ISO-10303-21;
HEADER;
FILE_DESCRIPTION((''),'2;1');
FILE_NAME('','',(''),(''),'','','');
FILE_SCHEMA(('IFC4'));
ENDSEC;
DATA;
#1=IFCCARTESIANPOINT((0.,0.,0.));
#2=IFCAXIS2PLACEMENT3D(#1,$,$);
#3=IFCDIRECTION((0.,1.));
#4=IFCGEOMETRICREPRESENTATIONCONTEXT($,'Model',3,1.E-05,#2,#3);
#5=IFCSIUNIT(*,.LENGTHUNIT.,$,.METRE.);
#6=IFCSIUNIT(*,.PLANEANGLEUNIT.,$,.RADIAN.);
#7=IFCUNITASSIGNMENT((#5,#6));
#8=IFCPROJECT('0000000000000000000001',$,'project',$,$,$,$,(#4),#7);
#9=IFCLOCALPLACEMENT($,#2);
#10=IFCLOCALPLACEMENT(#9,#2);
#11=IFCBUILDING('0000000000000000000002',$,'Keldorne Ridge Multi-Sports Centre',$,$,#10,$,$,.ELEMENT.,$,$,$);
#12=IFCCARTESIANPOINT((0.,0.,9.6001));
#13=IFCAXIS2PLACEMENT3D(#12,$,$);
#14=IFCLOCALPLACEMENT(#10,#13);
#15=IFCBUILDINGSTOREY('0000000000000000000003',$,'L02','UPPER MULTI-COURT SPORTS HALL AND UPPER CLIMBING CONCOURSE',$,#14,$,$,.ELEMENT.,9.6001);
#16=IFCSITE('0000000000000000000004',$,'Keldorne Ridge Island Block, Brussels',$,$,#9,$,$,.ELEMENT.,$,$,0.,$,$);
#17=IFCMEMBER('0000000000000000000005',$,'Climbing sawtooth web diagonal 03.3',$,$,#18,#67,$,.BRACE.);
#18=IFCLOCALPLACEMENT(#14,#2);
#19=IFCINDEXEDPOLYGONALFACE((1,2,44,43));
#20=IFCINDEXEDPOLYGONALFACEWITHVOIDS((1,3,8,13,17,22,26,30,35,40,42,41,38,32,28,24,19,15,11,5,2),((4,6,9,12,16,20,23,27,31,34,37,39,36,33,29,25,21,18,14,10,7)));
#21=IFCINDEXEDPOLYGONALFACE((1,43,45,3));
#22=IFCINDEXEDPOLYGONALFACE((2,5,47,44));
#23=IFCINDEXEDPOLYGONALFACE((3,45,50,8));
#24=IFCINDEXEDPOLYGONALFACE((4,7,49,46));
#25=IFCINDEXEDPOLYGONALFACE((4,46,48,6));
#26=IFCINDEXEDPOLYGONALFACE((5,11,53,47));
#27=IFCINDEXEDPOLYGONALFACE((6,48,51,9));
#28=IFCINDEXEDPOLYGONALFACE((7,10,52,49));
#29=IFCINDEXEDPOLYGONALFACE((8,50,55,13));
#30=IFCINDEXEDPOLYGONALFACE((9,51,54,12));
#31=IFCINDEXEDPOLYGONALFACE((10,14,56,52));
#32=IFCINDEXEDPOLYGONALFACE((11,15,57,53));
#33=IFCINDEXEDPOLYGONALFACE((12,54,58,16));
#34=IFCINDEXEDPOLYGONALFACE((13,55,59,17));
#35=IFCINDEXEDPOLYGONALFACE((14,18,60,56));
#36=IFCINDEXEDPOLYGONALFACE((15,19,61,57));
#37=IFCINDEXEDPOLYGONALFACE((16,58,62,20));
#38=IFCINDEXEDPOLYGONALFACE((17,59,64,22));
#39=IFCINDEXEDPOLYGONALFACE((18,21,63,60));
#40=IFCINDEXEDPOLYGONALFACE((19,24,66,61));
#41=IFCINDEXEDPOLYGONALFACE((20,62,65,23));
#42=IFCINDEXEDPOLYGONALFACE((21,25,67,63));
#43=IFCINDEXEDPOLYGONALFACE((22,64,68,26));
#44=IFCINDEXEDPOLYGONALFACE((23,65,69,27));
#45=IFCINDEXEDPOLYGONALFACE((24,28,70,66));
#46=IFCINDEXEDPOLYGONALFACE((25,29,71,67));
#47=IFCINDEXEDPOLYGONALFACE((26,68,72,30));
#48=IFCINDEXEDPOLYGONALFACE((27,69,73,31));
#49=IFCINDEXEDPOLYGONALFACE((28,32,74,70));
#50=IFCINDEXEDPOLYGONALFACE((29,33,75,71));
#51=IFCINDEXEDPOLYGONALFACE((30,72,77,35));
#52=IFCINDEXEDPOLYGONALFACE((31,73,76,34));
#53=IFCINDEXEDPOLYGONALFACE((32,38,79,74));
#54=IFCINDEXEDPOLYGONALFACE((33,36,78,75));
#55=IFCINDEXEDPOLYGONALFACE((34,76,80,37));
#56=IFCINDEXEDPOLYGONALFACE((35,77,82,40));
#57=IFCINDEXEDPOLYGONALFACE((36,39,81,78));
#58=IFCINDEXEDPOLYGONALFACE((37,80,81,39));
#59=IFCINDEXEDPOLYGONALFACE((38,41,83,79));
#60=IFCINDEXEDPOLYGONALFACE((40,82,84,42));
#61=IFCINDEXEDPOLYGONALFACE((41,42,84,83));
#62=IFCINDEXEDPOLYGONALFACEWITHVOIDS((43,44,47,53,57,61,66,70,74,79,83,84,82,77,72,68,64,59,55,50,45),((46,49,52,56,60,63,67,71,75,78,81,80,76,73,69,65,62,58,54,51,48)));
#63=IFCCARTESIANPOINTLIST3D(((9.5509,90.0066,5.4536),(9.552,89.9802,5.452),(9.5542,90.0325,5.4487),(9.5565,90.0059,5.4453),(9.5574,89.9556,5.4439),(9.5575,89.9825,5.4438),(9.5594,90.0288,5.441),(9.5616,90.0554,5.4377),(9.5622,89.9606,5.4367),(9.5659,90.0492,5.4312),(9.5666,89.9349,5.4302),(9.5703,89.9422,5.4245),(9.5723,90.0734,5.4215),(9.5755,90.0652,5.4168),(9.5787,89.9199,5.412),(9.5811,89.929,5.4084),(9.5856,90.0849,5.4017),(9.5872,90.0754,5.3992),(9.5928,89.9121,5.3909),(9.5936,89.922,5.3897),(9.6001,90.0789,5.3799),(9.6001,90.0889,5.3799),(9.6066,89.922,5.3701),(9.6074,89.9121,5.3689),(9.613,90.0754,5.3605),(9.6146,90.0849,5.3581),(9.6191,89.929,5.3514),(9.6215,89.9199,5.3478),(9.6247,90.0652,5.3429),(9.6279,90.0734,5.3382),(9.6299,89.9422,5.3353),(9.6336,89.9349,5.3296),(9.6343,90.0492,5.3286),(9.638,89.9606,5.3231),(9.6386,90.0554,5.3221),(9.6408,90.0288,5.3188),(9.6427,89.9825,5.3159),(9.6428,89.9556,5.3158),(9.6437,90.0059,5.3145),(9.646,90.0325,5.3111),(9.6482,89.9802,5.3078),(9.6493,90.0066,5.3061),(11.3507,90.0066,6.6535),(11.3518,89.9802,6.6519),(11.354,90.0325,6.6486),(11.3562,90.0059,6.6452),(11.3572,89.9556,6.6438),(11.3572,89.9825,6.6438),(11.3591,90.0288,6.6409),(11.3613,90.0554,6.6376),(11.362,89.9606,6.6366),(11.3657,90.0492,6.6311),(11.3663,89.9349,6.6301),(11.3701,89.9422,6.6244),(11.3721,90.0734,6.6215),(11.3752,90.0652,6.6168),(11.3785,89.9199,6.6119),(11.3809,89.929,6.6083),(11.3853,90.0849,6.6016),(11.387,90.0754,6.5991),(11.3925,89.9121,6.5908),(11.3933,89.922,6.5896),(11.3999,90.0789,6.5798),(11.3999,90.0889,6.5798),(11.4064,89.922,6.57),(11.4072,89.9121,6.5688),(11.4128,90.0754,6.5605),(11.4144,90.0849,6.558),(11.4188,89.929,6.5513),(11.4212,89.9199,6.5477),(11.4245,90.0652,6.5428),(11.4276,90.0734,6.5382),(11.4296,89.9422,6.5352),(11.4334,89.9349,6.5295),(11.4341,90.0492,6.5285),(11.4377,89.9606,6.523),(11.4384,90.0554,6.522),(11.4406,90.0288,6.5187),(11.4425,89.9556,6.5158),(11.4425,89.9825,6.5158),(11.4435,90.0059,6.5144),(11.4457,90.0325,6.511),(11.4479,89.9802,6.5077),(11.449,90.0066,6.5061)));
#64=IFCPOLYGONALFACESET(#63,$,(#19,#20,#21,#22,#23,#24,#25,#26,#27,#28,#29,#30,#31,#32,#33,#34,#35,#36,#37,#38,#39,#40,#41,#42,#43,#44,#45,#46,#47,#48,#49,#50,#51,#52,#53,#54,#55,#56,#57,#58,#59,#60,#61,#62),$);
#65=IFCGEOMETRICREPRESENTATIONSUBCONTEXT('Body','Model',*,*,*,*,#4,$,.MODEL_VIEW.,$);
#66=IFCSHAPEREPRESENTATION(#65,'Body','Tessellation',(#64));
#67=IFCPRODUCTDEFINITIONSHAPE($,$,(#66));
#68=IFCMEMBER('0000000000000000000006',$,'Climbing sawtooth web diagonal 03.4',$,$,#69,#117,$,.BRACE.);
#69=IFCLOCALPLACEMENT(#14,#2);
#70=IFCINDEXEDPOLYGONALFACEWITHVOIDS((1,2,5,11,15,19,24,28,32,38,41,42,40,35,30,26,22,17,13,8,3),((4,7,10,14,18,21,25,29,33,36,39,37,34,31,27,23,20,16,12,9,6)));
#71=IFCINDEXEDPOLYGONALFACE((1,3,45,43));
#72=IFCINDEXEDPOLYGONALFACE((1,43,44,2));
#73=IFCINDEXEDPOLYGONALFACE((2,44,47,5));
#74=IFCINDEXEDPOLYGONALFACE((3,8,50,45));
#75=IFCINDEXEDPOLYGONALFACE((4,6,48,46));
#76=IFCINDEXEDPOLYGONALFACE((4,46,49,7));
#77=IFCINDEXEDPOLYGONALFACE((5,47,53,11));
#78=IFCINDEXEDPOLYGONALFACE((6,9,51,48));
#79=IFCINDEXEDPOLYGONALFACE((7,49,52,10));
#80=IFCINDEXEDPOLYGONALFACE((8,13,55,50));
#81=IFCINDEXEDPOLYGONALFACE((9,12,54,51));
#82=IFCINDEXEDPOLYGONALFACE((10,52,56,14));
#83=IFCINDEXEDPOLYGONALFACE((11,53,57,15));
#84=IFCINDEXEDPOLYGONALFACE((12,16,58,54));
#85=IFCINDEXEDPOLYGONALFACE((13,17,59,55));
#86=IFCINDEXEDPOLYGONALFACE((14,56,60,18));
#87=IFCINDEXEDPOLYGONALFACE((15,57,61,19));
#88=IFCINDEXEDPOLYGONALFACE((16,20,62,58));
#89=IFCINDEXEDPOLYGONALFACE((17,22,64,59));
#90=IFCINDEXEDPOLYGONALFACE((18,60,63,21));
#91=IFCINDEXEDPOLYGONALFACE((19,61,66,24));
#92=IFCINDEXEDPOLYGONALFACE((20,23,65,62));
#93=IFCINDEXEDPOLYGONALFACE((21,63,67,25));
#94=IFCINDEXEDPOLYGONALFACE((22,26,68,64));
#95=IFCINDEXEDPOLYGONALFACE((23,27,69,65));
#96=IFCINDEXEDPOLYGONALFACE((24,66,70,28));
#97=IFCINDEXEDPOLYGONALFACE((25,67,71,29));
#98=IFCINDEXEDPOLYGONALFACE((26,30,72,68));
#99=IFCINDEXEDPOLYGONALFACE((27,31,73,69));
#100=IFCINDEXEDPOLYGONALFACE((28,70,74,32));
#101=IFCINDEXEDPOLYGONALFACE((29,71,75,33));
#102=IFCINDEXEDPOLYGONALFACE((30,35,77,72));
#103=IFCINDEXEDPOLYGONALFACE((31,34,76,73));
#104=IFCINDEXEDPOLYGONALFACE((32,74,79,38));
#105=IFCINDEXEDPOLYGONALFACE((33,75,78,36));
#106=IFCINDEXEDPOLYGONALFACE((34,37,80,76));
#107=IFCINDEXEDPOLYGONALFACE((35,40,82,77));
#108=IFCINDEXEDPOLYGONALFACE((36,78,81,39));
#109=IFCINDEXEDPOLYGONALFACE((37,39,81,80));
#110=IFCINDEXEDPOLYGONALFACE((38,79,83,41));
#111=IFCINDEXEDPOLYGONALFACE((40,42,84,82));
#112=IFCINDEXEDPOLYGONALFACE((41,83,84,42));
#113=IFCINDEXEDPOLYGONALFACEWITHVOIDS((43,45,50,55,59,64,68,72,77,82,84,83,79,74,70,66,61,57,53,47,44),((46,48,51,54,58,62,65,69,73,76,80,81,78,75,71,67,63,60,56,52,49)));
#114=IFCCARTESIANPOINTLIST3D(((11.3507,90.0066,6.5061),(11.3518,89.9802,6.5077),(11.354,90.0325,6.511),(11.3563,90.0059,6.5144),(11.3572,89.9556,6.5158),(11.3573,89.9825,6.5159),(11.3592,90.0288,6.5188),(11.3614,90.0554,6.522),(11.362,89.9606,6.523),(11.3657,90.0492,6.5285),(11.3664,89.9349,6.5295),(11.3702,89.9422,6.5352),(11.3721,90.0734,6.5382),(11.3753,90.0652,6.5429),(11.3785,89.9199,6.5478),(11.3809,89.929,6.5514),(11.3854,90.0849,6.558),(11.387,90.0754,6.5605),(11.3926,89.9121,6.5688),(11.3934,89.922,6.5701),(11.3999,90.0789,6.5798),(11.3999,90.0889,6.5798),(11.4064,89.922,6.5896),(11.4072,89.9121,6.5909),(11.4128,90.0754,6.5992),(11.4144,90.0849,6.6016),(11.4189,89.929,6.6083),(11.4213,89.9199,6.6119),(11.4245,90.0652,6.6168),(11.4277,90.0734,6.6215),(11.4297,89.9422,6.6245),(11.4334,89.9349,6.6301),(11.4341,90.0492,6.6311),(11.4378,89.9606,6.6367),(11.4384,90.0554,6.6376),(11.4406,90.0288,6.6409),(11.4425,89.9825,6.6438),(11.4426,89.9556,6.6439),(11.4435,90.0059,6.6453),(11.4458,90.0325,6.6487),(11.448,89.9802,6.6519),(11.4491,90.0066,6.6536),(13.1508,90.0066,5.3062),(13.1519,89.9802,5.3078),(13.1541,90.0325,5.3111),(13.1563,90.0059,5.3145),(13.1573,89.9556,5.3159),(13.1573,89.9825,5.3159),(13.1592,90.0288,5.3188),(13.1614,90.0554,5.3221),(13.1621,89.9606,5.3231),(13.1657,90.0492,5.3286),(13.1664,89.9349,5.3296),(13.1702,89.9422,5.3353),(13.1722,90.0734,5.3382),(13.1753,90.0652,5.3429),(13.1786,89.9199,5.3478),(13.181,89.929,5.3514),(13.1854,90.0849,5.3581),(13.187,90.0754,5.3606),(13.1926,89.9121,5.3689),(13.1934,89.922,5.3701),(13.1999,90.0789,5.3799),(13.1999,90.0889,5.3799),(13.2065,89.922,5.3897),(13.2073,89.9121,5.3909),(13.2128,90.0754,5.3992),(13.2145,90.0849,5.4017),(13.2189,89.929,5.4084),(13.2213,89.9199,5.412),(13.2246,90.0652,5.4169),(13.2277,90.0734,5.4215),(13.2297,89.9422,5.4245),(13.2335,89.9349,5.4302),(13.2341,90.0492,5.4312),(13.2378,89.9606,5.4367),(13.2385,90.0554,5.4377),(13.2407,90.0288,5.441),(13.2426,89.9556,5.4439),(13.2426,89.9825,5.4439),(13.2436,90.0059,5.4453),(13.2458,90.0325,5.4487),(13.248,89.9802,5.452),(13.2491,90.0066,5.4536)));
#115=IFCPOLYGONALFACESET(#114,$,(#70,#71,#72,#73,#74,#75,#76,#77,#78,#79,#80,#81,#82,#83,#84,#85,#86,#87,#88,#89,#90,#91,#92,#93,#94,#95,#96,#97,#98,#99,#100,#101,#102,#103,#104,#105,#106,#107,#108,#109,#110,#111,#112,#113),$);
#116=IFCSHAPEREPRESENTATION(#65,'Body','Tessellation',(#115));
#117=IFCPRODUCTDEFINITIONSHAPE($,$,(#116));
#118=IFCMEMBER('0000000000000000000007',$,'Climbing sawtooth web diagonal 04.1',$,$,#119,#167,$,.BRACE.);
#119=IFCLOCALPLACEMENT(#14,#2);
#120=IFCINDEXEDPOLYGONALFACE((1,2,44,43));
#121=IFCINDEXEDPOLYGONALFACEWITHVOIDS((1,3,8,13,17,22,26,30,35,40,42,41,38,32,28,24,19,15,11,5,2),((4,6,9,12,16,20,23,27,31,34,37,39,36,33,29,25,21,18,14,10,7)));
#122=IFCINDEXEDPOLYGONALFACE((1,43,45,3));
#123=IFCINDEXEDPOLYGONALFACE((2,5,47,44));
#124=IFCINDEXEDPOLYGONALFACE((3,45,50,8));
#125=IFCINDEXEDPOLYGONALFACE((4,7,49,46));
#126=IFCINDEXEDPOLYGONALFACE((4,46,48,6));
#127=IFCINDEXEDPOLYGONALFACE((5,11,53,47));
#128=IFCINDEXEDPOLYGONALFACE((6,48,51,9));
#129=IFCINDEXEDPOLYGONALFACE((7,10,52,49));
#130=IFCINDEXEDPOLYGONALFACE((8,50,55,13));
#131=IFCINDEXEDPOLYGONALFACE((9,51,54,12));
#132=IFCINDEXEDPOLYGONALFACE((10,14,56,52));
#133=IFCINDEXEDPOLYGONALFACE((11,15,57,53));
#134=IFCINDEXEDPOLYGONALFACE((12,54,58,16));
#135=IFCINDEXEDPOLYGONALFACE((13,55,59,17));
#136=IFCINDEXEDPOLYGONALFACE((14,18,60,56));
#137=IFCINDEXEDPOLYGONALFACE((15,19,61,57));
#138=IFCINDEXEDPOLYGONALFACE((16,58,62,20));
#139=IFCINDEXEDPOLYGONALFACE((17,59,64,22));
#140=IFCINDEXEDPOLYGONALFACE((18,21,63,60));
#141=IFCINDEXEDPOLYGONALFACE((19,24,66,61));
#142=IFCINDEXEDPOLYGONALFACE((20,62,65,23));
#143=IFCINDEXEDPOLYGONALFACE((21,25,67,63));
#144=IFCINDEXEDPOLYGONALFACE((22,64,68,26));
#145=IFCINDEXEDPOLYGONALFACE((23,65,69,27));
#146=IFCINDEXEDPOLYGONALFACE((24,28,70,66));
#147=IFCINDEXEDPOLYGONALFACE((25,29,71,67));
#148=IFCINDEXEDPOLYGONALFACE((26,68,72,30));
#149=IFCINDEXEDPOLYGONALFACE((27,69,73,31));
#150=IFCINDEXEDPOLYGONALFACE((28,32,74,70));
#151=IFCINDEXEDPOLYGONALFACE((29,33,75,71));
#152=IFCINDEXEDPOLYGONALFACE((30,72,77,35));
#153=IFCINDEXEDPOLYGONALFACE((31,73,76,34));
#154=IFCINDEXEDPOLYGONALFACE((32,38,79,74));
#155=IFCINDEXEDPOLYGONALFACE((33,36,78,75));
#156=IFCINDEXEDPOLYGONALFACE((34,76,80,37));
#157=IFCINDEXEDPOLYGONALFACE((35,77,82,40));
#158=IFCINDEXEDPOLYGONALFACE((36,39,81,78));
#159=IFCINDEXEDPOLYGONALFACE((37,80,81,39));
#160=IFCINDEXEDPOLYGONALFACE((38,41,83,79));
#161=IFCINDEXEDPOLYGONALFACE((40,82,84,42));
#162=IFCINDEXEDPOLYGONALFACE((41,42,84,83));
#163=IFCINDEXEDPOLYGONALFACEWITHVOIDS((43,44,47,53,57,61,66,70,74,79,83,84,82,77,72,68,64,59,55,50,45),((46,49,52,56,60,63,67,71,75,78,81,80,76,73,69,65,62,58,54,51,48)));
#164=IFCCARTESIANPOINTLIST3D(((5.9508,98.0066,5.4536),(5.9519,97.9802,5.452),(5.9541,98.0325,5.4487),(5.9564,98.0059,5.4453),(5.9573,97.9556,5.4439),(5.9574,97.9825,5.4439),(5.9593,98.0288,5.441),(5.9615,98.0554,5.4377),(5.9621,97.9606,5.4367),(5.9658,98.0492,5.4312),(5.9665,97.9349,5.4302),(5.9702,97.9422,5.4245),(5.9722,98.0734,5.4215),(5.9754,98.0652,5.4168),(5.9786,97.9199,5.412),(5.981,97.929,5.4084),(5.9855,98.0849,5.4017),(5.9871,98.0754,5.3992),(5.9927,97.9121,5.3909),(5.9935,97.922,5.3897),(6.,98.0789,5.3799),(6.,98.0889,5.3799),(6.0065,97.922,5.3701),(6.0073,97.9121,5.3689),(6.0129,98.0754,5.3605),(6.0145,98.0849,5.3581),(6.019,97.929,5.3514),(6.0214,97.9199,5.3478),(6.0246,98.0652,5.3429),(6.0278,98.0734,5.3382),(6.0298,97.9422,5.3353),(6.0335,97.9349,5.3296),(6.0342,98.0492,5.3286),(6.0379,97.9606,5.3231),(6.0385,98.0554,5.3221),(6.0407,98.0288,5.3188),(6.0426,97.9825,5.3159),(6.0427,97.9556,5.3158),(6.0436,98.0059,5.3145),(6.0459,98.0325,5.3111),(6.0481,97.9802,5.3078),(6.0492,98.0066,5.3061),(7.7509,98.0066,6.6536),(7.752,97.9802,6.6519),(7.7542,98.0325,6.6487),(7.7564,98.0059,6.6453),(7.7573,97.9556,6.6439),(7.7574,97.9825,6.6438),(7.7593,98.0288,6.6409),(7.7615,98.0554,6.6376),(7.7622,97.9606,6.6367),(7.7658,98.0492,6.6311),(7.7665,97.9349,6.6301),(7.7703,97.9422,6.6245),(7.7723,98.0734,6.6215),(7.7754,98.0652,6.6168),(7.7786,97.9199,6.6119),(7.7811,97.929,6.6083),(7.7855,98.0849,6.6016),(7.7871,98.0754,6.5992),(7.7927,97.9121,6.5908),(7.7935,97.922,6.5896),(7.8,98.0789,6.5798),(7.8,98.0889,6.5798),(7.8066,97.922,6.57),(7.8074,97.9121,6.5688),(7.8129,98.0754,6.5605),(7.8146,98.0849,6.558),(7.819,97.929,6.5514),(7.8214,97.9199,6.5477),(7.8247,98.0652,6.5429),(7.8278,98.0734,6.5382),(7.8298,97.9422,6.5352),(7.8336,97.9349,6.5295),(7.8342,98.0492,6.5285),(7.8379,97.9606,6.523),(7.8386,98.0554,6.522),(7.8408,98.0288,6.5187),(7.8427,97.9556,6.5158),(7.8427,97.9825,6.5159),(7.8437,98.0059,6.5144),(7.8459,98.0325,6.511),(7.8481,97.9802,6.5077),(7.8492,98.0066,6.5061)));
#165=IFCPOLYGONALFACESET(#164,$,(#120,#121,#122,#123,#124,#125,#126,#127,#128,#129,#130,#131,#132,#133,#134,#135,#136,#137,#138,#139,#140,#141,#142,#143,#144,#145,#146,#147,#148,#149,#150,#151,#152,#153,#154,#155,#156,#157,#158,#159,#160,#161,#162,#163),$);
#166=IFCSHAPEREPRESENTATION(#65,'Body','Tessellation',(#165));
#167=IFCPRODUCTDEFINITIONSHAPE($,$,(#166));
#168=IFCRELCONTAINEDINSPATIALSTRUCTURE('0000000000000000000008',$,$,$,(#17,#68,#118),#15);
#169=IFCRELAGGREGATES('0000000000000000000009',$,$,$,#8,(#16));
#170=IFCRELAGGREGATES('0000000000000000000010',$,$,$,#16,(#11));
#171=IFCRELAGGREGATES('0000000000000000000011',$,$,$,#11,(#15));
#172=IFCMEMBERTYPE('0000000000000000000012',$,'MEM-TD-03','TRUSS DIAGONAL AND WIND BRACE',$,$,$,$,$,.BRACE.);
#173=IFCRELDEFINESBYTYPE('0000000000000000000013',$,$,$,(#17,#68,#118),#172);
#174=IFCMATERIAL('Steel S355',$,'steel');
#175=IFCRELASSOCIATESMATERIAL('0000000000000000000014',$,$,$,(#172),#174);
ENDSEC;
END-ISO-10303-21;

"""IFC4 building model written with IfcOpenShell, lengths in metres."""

from ifc_helpers import new_model, si_unit, direction, frame, origin, origin_2d, place, context, subcontext, project, spatial, hollow_circle, extrude, material, material_profile, profile_set, type_object, element, save


model = new_model("IFC4")

# Units and contexts
model_context = context("Model", 3, precision=1e-05, world=origin(), true_north=direction((0.0, 1.0)))
body_context = subcontext(model_context, "Body", "Model", "MODEL_VIEW")
ifc_project = project(units=[si_unit("LENGTHUNIT", "METRE"), si_unit("PLANEANGLEUNIT", "RADIAN")], contexts=[model_context])

# Site, building, storey
site_placement = place(None, origin())
site = spatial("IfcSite", under=ifc_project, at=site_placement, Name="Keldorne Ridge Island Block, Brussels", CompositionType="ELEMENT", RefElevation=0.0)
building_placement = place(site_placement, origin())
building = spatial("IfcBuilding", under=site, at=building_placement, Name="Keldorne Ridge Multi-Sports Centre", CompositionType="ELEMENT")
storey_placement = place(building_placement, frame((0.0, 0.0, 9.6001)))
storey = spatial("IfcBuildingStorey", under=building, at=storey_placement, Name="L02", Description="UPPER MULTI-COURT SPORTS HALL AND UPPER CLIMBING CONCOURSE", CompositionType="ELEMENT", Elevation=9.6001)

# Shared definitions
ifc_material_1 = material(Name="Steel S355", Category="steel")

# Members
ifc_material_profile_1 = material_profile(ifc_material_1, hollow_circle(Radius=0.0889, WallThickness=0.01, at=origin_2d()), Name="CHS 177.8x10")
ifc_profile_set_1 = profile_set([ifc_material_profile_1], Name="Steel S355")
member_type_1 = type_object("IfcMemberType", Name="MEM-TD-03", Description="TRUSS DIAGONAL AND WIND BRACE", PredefinedType="BRACE", material=ifc_profile_set_1)
member_1_placement = place(storey_placement, frame((9.6001, 90.0, 5.3799), z_axis=(0.832033, 0.0, 0.554726), x_axis=(0.0, 1.0, 0.0)))
element("IfcMember", 1, at=member_1_placement, inside=storey, type_object=member_type_1, Name="Climbing sawtooth web diagonal 03.3", PredefinedType="BRACE", context=body_context, shape_type="SweptSolid", body=[
    extrude(hollow_circle(Radius=0.0889, WallThickness=0.01, at=origin_2d()), origin(), (0.0, 0.0, 1.0), 2.1631),
])
for number, where, z_axis, x_axis, name in (
    (2, (11.3999, 90.0, 6.5798), (0.832068, 0.0, -0.554674), (0.0, 1.0, 0.0), "Climbing sawtooth web diagonal 03.4"),
    (3, (6.0, 98.0, 5.3799), (0.832068, 0.0, 0.554674), (0.0, 1.0, 0.0), "Climbing sawtooth web diagonal 04.1"),
):
    element("IfcMember", number, at=place(storey_placement, frame(where, z_axis=z_axis, x_axis=x_axis)), inside=storey, type_object=member_type_1, Name=name, PredefinedType="BRACE", context=body_context, shape_type="SweptSolid", body=[
        extrude(hollow_circle(Radius=0.0889, WallThickness=0.01, at=origin_2d()), origin(), (0.0, 0.0, 1.0), 2.1633),
    ])

save(model, "model.ifc")
